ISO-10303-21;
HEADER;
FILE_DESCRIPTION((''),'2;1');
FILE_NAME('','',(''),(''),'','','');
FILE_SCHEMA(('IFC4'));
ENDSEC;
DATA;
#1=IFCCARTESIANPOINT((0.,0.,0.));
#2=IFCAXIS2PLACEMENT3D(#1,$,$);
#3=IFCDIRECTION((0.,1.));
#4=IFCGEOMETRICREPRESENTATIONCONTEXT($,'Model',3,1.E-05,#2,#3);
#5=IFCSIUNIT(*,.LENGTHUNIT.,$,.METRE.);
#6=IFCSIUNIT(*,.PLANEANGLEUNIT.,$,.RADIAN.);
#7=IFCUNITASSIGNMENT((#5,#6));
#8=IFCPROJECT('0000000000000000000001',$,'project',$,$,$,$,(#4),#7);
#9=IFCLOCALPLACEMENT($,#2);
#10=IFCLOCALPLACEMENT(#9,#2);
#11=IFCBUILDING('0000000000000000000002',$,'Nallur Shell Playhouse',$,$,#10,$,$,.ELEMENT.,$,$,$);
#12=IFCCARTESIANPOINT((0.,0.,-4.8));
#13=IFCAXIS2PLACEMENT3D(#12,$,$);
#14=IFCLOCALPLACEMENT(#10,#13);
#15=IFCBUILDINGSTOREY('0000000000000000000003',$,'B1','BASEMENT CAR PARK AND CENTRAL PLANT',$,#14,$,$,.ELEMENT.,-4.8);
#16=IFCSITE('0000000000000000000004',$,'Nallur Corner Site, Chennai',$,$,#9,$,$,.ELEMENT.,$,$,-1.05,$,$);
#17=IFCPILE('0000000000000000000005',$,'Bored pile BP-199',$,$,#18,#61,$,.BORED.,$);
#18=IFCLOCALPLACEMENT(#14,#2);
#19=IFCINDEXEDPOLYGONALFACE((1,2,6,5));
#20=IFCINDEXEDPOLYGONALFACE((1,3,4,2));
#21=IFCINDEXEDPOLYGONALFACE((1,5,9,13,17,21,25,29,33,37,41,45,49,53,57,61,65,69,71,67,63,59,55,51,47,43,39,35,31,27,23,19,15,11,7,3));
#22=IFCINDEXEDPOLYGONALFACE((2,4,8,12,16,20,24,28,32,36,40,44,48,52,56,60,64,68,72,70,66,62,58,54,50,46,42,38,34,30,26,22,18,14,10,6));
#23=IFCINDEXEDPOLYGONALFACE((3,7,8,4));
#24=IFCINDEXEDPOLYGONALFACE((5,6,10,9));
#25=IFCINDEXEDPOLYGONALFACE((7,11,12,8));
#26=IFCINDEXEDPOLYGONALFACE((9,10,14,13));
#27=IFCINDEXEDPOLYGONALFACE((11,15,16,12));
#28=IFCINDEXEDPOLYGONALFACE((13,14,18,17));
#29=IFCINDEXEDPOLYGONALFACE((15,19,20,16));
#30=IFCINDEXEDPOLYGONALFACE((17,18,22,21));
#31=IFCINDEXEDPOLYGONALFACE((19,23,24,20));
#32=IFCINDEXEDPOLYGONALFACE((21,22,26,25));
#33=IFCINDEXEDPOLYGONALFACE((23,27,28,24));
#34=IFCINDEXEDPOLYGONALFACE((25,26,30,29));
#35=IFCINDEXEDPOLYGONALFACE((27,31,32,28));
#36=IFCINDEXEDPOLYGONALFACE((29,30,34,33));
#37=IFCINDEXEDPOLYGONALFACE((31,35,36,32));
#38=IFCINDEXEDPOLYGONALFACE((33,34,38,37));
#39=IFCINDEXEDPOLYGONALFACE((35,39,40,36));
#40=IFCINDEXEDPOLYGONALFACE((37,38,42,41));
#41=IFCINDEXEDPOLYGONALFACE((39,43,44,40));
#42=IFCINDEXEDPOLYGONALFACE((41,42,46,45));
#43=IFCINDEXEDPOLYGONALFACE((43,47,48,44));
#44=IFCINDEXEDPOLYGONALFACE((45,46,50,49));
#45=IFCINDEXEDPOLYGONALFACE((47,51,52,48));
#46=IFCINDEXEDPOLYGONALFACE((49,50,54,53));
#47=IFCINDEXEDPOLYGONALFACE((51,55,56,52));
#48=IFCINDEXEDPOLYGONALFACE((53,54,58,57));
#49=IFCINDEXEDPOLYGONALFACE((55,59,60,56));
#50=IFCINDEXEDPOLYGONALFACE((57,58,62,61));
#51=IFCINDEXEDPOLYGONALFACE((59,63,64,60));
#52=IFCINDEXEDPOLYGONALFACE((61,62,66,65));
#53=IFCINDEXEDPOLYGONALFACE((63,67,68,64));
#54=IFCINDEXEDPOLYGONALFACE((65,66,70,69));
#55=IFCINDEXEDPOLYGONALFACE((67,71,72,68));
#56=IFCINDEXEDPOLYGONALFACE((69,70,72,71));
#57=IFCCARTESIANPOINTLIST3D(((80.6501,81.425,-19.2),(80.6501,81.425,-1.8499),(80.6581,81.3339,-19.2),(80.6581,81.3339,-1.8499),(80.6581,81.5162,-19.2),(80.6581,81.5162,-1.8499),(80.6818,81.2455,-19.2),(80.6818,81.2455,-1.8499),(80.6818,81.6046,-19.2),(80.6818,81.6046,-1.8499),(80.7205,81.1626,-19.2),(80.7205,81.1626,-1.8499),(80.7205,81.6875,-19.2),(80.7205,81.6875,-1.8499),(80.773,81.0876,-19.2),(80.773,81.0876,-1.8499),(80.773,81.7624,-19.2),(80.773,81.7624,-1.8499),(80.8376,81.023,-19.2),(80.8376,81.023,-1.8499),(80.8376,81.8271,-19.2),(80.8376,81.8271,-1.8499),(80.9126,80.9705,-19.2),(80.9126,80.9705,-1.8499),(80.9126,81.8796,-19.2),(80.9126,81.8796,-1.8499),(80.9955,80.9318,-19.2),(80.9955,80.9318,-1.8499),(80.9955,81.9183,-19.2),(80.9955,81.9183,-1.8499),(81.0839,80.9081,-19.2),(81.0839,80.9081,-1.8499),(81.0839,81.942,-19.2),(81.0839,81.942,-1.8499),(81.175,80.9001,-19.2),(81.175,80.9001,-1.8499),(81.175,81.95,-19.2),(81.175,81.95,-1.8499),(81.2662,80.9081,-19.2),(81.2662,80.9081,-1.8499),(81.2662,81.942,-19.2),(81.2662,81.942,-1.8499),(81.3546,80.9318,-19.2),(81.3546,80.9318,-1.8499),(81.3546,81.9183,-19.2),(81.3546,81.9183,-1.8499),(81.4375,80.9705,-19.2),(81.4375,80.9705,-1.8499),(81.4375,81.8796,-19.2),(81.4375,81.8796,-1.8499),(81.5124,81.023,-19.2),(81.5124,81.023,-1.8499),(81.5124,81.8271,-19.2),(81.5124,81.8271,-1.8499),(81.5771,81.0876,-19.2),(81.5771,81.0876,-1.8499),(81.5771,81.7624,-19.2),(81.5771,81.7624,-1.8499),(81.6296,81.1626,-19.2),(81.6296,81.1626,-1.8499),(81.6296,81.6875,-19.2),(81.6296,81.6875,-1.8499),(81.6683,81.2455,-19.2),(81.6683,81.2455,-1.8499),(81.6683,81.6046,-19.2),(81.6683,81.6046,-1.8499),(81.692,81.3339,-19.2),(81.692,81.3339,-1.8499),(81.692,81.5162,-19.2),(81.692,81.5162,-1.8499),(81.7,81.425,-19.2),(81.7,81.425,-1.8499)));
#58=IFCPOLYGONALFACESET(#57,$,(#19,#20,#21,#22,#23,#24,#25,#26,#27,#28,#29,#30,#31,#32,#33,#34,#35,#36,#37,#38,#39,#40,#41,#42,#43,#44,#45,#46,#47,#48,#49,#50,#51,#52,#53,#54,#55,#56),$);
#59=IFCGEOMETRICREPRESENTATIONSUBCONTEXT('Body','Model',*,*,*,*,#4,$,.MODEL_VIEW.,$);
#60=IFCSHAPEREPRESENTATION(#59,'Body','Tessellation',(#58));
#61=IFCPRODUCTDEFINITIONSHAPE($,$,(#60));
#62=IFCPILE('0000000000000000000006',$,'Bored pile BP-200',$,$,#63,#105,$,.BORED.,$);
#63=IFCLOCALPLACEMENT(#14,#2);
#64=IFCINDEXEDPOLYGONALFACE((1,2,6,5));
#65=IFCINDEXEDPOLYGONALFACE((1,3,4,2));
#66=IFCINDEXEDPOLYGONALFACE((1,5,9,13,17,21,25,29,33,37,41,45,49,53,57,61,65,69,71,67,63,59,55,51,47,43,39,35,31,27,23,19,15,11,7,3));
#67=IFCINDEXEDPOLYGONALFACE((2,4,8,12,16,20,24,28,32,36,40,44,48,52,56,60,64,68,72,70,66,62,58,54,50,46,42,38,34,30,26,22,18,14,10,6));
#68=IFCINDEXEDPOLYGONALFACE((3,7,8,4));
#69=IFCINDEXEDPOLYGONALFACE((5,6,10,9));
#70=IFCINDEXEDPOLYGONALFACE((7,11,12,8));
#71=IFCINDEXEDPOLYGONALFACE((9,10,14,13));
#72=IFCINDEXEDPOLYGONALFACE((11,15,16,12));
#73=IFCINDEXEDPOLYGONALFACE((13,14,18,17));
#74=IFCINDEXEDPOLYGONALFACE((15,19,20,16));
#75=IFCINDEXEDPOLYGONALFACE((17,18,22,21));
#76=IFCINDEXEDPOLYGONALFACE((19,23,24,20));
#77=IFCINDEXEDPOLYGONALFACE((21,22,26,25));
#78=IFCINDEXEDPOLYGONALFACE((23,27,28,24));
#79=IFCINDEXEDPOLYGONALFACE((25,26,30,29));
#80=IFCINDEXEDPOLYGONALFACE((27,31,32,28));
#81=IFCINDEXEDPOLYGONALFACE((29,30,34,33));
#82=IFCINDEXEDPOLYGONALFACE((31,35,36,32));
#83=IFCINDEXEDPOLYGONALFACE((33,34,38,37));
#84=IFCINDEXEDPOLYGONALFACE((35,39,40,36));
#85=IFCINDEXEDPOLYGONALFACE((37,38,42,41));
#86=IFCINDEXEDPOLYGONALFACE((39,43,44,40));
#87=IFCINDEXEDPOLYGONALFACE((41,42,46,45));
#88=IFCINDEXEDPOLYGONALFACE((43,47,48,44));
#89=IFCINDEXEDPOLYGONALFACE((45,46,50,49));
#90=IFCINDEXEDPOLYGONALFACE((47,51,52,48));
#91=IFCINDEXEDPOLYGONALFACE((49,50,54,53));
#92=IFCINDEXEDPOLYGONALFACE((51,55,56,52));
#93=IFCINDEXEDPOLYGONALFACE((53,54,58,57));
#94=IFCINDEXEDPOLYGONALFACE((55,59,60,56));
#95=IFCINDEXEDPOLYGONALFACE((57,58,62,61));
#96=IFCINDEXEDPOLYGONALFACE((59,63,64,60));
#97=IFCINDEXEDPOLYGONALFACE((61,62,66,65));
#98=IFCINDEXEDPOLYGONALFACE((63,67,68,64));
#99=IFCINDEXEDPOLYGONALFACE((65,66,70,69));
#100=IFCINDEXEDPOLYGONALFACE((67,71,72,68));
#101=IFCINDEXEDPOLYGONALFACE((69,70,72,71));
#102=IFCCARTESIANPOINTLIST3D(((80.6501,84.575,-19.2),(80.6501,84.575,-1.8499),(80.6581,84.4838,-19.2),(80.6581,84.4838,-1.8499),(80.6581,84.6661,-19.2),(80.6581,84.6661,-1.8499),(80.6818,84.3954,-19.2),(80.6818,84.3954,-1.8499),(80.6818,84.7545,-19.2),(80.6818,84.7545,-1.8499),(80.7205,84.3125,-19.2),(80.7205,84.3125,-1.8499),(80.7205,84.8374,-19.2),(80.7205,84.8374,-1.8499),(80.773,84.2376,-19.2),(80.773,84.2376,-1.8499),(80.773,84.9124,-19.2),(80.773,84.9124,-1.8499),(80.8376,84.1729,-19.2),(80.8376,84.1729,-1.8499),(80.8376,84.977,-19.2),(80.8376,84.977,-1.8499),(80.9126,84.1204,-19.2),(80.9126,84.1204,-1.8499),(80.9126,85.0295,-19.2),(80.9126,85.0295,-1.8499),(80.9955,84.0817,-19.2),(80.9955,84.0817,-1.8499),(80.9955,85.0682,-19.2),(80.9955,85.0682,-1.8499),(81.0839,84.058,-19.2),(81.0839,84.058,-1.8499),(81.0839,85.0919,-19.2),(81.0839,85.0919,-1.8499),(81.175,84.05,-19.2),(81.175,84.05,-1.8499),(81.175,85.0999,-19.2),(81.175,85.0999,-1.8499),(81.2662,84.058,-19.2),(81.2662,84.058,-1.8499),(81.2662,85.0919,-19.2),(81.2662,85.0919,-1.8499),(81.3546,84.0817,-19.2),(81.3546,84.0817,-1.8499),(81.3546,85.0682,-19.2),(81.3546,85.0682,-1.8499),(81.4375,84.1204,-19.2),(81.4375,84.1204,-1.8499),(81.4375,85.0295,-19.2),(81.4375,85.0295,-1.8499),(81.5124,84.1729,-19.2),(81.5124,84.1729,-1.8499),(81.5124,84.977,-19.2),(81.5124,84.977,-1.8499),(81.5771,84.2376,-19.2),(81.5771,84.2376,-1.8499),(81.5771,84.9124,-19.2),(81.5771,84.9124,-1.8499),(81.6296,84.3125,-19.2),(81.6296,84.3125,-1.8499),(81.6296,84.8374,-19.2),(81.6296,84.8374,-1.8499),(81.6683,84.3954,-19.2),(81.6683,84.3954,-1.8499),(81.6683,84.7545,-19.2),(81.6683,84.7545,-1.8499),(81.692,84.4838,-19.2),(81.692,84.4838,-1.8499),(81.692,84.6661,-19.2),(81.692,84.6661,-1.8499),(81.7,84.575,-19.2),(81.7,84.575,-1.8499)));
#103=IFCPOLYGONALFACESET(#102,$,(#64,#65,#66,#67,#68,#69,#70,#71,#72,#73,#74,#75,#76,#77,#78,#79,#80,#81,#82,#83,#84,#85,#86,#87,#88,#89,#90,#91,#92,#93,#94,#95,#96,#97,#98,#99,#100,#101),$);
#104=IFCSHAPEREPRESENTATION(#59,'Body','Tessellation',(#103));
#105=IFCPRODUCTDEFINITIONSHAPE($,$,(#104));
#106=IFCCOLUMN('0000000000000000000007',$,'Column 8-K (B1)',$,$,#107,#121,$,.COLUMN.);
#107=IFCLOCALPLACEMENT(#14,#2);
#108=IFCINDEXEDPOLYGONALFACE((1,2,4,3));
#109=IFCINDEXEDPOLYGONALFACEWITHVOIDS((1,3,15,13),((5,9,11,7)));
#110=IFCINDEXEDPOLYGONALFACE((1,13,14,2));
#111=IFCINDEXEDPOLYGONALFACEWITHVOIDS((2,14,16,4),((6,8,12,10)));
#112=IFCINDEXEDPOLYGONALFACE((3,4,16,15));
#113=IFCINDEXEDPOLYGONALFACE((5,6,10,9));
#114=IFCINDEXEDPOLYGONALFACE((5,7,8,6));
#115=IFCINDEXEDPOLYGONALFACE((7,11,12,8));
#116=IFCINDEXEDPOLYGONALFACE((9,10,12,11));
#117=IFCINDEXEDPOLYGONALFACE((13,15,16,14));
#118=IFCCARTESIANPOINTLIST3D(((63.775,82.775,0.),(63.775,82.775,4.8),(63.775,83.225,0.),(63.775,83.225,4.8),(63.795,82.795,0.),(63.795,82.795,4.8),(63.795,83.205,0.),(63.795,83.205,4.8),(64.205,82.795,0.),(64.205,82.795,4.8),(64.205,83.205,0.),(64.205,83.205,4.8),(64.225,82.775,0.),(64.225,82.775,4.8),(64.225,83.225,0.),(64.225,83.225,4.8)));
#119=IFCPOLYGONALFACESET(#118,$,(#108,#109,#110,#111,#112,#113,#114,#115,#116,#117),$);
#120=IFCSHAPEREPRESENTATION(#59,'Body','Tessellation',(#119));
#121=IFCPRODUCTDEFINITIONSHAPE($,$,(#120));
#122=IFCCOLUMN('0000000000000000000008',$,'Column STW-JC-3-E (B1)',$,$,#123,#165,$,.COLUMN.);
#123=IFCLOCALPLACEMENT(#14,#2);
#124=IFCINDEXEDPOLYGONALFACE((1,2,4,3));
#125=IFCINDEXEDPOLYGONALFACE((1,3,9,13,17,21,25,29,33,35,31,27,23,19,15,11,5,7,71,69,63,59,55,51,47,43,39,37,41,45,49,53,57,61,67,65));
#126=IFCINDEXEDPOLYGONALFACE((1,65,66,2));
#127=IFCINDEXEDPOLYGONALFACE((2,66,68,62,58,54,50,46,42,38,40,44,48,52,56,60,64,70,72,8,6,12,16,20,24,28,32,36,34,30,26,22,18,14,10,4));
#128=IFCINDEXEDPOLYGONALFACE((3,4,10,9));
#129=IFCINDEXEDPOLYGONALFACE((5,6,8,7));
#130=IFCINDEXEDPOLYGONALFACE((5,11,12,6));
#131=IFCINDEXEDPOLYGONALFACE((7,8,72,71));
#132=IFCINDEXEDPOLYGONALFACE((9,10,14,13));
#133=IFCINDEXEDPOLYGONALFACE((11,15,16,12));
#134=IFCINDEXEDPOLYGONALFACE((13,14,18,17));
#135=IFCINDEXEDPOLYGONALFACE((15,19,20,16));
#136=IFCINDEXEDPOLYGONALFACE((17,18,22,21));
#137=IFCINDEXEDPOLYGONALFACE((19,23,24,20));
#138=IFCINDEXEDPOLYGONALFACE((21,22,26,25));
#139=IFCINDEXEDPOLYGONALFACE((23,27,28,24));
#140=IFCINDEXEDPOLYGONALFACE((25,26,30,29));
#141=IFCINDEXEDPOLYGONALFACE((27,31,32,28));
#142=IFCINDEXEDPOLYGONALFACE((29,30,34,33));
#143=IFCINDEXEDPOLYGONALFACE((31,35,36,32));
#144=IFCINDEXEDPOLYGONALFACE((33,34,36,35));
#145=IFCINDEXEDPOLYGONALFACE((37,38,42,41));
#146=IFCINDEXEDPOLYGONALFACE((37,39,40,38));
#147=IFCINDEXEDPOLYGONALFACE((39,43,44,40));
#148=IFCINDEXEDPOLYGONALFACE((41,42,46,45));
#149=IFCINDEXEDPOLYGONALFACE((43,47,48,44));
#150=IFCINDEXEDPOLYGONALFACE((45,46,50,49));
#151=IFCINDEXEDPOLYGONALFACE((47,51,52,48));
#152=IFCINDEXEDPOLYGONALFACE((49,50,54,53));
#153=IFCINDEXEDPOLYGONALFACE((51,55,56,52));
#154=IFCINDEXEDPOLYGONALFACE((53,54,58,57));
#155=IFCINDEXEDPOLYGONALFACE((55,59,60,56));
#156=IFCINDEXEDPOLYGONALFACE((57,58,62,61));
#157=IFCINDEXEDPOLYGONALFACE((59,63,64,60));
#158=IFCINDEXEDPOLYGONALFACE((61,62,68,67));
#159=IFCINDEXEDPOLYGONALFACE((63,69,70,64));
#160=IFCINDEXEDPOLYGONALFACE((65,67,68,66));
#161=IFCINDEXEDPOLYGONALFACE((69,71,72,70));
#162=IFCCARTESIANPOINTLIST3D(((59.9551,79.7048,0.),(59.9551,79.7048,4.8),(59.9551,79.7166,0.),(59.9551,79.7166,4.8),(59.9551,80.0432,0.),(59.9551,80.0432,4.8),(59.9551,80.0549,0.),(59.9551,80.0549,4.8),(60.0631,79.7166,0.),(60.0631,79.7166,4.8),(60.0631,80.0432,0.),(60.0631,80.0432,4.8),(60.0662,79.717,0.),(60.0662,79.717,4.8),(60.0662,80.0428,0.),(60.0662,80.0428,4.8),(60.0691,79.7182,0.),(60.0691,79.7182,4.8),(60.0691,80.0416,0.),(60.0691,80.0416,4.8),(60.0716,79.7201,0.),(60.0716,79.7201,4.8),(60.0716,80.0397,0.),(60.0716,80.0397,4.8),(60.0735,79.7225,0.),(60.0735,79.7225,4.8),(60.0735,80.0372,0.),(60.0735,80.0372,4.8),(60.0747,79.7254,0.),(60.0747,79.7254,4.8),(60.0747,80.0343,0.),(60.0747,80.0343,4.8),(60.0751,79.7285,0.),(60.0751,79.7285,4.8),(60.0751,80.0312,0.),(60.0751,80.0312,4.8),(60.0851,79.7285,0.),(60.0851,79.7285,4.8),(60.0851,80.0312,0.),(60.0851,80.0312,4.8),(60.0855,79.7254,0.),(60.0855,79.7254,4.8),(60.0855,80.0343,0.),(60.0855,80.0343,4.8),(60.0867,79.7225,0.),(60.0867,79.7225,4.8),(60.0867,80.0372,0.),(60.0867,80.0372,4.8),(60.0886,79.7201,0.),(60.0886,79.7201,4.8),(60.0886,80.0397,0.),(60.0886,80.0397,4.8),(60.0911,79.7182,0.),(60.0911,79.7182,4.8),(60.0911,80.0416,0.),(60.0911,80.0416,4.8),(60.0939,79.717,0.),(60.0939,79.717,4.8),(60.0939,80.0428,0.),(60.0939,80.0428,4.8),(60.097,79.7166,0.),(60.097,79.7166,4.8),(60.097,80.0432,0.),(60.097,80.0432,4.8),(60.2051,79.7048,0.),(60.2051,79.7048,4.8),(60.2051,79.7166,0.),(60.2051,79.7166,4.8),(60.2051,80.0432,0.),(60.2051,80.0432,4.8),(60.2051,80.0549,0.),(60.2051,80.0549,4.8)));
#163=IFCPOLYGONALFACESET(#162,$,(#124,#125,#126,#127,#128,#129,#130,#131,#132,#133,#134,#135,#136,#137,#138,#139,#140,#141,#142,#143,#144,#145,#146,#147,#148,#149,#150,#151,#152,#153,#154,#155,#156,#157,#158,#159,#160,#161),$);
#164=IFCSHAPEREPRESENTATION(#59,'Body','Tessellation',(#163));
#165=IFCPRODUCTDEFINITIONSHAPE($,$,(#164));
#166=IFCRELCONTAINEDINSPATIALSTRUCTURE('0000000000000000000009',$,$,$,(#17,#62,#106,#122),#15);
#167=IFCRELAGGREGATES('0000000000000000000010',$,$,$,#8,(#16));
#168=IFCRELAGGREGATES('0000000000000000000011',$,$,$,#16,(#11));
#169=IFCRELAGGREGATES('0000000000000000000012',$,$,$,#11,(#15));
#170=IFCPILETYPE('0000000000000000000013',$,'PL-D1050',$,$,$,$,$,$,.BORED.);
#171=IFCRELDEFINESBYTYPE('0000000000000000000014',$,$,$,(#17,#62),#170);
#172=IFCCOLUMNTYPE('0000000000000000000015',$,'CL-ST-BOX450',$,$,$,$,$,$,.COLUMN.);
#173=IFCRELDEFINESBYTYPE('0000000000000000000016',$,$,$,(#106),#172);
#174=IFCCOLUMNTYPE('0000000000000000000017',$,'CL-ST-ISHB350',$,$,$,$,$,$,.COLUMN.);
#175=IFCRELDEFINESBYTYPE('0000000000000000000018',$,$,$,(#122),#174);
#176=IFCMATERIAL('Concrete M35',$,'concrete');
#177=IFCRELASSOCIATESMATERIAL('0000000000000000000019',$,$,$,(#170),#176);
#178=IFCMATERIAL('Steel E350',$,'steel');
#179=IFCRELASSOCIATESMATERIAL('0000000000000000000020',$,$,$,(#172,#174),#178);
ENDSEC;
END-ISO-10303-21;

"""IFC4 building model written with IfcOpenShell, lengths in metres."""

from ifc_helpers import new_model, si_unit, direction, frame, origin, origin_2d, place, context, subcontext, project, spatial, hollow_rectangle, circle, i_section, extrude, material, material_profile, profile_set, type_object, element, save


model = new_model("IFC4")

# Units and contexts
model_context = context("Model", 3, precision=1e-05, world=origin(), true_north=direction((0.0, 1.0)))
body_context = subcontext(model_context, "Body", "Model", "MODEL_VIEW")
ifc_project = project(units=[si_unit("LENGTHUNIT", "METRE"), si_unit("PLANEANGLEUNIT", "RADIAN")], contexts=[model_context])

# Site, building, storey
site_placement = place(None, origin())
site = spatial("IfcSite", under=ifc_project, at=site_placement, Name="Nallur Corner Site, Chennai", CompositionType="ELEMENT", RefElevation=-1.05)
building_placement = place(site_placement, origin())
building = spatial("IfcBuilding", under=site, at=building_placement, Name="Nallur Shell Playhouse", CompositionType="ELEMENT")
storey_placement = place(building_placement, frame((0.0, 0.0, -4.8)))
storey = spatial("IfcBuildingStorey", under=building, at=storey_placement, Name="B1", Description="BASEMENT CAR PARK AND CENTRAL PLANT", CompositionType="ELEMENT", Elevation=-4.8)

# Shared definitions
ifc_material_1 = material(Name="Concrete M35", Category="concrete")

# Piles
ifc_material_profile_1 = material_profile(ifc_material_1, circle(Radius=0.5249, at=origin_2d()), Name="BORED PILE D1050")
ifc_profile_set_1 = profile_set([ifc_material_profile_1], Name="Concrete M35")
pile_type = type_object("IfcPileType", Name="PL-D1050", PredefinedType="BORED", material=ifc_profile_set_1)
for number, where, z_axis, x_axis, name in (
    (1, (81.175, 81.425, -1.8499), (0.0, 0.0, -1.0), (1.0, 0.0, 0.0), "Bored pile BP-199"),
    (2, (81.175, 84.575, -1.8499), (0.0, 0.0, -1.0), (1.0, 0.0, 0.0), "Bored pile BP-200"),
):
    element("IfcPile", number, at=place(storey_placement, frame(where, z_axis=z_axis, x_axis=x_axis)), inside=storey, type_object=pile_type, Name=name, PredefinedType="BORED", context=body_context, shape_type="SweptSolid", body=[
        extrude(circle(Radius=0.5249, at=origin_2d()), origin(), (0.0, 0.0, 1.0), 17.3501),
    ])

# Columns
ifc_material_2 = material(Name="Steel E350", Category="steel")
ifc_material_profile_2 = material_profile(ifc_material_2, hollow_rectangle(XDim=0.45, YDim=0.45, WallThickness=0.02, at=origin_2d()), Name="BOX 450x450x20")
ifc_profile_set_2 = profile_set([ifc_material_profile_2], Name="Steel E350")
column_type_1 = type_object("IfcColumnType", Name="CL-ST-BOX450", PredefinedType="COLUMN", material=ifc_profile_set_2)
column_1_placement = place(storey_placement, frame((64.0, 83.0, 0.0), z_axis=(0.0, 0.0, 1.0), x_axis=(1.0, 0.0, 0.0)))
element("IfcColumn", 3, at=column_1_placement, inside=storey, type_object=column_type_1, Name="Column 8-K (B1)", PredefinedType="COLUMN", context=body_context, shape_type="SweptSolid", body=[
    extrude(hollow_rectangle(XDim=0.45, YDim=0.45, WallThickness=0.02, at=origin_2d()), origin(), (0.0, 0.0, 1.0), 4.8),
])
ifc_material_profile_3 = material_profile(ifc_material_2, i_section(OverallWidth=0.25, OverallDepth=0.3501, WebThickness=0.01, FlangeThickness=0.0117, FilletRadius=0.012, at=origin_2d()), Name="ISHB 350")
ifc_profile_set_3 = profile_set([ifc_material_profile_3], Name="Steel E350")
column_type_2 = type_object("IfcColumnType", Name="CL-ST-ISHB350", PredefinedType="COLUMN", material=ifc_profile_set_3)
column_2_placement = place(storey_placement, frame((60.0801, 79.8799, 0.0), z_axis=(0.0, 0.0, 1.0), x_axis=(1.0, 0.0, 0.0)))
element("IfcColumn", 4, at=column_2_placement, inside=storey, type_object=column_type_2, Name="Column STW-JC-3-E (B1)", PredefinedType="COLUMN", context=body_context, shape_type="SweptSolid", body=[
    extrude(i_section(OverallWidth=0.25, OverallDepth=0.3501, WebThickness=0.01, FlangeThickness=0.0117, FilletRadius=0.012, at=origin_2d()), origin(), (0.0, 0.0, 1.0), 4.8),
])

save(model, "model.ifc")
